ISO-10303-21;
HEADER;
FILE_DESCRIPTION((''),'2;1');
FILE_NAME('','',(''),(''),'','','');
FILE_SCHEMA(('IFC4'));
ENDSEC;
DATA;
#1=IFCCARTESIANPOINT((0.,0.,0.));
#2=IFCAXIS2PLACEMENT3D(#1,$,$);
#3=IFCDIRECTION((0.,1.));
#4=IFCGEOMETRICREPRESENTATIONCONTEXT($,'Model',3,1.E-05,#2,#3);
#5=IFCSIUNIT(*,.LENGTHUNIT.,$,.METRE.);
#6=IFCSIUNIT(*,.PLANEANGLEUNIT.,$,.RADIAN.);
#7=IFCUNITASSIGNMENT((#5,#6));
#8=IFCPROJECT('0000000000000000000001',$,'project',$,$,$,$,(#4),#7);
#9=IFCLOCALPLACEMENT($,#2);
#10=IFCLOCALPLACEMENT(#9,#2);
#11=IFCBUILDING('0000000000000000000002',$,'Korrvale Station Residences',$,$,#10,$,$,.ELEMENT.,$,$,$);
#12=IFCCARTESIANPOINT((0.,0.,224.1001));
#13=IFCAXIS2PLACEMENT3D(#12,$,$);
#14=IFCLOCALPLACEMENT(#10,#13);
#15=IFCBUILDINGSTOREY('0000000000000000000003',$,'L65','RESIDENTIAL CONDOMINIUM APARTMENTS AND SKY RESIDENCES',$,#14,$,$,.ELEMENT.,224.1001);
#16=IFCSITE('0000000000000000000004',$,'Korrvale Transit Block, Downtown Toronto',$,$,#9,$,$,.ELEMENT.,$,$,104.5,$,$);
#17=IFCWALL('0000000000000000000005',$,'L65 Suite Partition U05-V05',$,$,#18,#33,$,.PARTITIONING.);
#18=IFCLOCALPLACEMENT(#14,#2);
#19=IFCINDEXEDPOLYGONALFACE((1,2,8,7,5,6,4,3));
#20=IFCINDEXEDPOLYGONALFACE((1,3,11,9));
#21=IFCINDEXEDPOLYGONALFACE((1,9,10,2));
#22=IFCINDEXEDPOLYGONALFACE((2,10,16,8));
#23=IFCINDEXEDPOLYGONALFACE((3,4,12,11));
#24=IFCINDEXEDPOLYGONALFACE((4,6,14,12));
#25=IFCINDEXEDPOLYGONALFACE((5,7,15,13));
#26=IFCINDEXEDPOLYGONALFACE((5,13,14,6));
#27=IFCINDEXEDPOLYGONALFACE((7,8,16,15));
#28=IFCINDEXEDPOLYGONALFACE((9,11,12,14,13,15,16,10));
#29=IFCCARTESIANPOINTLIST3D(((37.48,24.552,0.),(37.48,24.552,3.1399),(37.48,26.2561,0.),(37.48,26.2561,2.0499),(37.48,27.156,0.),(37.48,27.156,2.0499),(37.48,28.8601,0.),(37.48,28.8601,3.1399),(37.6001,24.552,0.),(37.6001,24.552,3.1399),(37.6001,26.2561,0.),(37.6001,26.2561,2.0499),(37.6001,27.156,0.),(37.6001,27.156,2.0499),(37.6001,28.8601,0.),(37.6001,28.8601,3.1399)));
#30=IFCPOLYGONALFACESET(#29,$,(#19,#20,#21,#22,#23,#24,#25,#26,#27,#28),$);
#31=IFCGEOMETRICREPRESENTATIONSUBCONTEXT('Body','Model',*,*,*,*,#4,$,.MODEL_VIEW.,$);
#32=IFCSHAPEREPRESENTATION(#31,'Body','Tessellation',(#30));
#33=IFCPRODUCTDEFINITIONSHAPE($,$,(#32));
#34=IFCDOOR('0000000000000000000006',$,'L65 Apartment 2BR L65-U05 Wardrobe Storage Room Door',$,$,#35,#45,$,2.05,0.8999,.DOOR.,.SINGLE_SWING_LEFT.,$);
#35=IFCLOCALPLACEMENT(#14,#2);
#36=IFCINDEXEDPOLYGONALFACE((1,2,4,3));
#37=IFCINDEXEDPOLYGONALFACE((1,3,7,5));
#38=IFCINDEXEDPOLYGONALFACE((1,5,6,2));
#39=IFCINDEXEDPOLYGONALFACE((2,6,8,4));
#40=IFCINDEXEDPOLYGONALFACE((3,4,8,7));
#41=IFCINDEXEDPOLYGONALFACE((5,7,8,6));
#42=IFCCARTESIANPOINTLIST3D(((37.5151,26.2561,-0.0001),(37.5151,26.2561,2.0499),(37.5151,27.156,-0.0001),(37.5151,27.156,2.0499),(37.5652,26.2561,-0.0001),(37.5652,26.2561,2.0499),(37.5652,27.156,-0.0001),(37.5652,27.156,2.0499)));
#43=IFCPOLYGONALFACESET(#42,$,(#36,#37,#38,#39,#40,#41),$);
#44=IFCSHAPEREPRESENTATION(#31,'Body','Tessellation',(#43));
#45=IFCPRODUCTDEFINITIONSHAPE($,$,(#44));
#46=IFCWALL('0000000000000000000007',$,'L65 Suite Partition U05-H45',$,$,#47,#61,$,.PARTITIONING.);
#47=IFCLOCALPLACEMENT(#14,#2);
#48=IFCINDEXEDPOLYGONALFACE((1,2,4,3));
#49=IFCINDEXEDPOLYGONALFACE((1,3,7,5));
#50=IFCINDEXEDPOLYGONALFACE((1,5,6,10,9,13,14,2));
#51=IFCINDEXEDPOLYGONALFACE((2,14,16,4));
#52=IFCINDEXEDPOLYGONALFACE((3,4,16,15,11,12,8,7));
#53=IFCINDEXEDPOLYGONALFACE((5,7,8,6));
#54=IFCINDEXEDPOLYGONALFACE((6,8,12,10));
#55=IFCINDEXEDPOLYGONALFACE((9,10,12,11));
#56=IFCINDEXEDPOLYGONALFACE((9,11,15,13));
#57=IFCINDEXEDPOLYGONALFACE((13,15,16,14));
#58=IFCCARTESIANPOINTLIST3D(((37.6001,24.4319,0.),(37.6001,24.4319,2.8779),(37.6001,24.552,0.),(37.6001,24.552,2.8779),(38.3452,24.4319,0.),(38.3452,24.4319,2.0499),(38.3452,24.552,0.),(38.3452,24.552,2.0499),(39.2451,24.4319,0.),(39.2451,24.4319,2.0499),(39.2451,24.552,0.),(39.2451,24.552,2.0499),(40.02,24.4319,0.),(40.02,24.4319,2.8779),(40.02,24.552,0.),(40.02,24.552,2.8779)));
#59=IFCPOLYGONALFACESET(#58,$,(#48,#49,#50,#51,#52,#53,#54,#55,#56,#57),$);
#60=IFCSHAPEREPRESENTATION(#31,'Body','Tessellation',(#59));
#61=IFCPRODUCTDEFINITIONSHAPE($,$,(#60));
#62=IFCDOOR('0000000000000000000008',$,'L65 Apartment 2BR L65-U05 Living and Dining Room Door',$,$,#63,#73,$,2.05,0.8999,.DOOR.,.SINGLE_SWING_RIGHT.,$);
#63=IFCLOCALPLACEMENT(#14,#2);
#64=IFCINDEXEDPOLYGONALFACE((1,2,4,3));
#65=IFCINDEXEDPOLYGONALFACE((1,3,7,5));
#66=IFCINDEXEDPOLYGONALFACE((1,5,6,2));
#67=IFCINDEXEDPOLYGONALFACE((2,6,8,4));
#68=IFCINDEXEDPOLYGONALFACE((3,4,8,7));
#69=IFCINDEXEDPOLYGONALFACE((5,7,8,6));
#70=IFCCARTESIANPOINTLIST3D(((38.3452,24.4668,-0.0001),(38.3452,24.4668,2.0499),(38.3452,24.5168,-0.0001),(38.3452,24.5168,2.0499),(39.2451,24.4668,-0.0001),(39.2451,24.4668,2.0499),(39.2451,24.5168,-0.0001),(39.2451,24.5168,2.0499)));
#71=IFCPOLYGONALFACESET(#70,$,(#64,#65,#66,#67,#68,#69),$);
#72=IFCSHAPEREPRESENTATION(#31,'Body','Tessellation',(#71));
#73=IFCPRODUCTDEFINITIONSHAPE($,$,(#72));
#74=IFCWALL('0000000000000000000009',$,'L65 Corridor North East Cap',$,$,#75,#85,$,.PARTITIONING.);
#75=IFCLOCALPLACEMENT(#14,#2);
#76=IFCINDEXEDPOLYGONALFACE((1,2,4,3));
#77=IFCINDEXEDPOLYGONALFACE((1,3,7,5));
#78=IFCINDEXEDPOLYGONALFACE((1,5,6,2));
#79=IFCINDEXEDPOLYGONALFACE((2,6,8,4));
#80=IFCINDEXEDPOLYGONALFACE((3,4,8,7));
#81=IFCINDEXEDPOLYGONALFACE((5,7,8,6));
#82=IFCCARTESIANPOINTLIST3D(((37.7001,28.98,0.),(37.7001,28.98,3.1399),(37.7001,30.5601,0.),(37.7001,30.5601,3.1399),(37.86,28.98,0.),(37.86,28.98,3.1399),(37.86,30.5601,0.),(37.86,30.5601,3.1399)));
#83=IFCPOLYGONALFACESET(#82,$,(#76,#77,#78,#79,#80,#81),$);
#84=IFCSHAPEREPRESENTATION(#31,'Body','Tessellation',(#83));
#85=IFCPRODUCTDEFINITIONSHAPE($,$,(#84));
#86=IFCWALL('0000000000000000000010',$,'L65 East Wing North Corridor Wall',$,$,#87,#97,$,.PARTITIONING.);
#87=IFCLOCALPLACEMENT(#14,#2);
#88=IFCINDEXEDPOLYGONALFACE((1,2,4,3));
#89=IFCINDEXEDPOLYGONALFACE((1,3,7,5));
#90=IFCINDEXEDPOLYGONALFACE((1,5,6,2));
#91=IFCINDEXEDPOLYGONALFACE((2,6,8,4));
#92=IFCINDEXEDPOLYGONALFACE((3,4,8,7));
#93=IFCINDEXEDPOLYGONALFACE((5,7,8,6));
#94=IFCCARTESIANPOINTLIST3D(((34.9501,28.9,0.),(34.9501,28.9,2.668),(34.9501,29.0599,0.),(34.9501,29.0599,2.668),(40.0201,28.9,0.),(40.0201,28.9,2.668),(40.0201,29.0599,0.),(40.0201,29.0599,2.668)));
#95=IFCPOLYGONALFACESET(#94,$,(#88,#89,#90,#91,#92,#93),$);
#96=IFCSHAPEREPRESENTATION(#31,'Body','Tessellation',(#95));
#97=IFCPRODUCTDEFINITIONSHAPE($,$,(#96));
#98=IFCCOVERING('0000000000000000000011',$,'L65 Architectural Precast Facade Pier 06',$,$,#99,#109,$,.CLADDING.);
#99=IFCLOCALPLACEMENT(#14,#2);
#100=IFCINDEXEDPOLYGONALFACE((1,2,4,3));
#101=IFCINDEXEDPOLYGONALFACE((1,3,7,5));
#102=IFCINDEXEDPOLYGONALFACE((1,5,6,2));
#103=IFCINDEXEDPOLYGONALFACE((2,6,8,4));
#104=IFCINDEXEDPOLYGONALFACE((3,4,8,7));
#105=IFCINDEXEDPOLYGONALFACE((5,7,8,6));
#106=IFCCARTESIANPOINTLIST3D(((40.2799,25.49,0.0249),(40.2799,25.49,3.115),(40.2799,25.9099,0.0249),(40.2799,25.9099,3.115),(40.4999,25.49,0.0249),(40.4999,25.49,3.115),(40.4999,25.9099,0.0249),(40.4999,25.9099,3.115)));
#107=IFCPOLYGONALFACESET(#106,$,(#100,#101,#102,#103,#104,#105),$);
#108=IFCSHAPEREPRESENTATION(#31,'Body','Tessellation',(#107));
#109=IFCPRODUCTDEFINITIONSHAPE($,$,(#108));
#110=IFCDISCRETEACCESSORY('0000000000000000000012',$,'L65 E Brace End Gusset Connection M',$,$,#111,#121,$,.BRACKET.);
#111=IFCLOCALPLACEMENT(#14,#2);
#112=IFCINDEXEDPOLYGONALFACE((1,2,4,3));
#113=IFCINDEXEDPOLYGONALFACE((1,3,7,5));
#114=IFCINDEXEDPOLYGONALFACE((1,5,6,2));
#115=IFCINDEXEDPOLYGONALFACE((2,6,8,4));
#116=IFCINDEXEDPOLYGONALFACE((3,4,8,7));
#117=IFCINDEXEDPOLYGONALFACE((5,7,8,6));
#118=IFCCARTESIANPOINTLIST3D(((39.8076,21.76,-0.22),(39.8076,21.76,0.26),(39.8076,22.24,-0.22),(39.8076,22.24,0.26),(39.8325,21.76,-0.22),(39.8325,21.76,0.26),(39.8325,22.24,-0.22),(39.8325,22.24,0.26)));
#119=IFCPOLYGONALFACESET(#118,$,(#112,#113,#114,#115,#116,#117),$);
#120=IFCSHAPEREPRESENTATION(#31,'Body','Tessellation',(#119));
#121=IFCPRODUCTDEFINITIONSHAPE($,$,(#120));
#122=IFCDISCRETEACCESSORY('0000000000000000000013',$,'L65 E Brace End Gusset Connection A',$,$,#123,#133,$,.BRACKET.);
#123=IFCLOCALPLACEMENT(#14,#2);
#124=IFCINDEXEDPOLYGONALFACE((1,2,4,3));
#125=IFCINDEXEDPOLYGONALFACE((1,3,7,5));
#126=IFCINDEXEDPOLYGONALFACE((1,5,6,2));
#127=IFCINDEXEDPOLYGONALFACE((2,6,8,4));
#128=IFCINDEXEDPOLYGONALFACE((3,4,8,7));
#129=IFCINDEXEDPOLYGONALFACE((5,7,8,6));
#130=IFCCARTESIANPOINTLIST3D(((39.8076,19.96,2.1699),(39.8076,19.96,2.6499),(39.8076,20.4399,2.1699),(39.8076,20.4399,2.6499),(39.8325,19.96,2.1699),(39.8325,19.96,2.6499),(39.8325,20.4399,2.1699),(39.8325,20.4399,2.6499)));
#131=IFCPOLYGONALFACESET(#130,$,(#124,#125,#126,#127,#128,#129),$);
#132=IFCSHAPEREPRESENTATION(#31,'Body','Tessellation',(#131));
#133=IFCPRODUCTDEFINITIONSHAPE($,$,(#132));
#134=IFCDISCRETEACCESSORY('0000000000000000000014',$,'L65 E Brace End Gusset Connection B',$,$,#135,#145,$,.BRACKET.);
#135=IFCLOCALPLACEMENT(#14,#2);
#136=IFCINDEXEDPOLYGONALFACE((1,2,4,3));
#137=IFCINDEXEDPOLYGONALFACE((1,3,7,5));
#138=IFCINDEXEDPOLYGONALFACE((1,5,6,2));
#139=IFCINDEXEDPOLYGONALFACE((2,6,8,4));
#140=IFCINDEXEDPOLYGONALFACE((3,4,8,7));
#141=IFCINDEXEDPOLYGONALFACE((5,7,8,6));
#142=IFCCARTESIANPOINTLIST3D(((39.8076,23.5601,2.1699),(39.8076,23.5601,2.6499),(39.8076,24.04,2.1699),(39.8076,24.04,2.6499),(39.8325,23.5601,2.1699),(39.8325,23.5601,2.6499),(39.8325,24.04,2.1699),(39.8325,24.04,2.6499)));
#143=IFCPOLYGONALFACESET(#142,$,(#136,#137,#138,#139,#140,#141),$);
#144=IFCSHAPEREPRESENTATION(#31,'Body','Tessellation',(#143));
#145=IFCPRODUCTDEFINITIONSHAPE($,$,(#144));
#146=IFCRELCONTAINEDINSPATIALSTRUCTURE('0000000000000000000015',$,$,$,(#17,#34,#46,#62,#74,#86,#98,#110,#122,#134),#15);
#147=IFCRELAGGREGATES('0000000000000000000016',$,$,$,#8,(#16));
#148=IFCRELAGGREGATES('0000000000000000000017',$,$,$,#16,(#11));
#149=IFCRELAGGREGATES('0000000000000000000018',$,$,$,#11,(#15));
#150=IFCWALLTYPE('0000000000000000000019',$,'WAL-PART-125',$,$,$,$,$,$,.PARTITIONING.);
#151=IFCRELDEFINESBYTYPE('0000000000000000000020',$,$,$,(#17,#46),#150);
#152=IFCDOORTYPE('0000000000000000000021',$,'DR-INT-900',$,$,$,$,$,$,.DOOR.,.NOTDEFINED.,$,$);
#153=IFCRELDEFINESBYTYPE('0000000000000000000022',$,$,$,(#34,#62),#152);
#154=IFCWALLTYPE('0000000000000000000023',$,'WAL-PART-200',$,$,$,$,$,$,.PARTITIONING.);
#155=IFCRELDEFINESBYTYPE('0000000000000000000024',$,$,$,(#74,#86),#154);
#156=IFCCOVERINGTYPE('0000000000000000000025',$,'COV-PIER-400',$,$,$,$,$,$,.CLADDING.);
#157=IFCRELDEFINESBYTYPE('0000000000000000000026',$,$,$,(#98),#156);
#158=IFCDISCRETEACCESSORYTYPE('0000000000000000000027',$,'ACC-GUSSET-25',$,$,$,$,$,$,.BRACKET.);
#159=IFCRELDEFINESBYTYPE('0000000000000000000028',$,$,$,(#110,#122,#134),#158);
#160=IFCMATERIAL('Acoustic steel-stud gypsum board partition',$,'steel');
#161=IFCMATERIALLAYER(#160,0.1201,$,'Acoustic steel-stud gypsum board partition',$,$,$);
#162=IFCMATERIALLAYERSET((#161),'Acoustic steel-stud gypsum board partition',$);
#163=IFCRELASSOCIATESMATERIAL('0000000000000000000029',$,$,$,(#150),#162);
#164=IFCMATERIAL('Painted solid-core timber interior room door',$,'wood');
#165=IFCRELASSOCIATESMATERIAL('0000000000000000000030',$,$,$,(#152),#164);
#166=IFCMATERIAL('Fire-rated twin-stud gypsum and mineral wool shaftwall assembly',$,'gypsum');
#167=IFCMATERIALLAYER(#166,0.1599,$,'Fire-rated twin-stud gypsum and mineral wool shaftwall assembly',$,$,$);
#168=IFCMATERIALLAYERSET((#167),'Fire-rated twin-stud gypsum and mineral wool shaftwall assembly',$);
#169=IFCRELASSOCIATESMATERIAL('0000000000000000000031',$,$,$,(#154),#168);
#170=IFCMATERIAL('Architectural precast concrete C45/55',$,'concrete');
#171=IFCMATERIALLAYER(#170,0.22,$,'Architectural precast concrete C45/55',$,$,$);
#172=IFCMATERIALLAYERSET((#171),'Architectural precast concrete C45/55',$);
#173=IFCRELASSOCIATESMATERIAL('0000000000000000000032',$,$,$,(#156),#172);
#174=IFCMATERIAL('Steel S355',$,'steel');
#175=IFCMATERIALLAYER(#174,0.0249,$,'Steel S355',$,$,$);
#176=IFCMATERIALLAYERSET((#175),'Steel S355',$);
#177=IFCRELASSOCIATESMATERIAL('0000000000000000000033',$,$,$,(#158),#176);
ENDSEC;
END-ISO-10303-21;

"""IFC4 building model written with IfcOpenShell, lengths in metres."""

from ifc_helpers import new_model, si_unit, direction, frame, frame_2d, origin, origin_2d, place, context, subcontext, project, spatial, rectangle, extrude, material, layer, layer_set, type_object, element, fill, save


model = new_model("IFC4")

# Units and contexts
model_context = context("Model", 3, precision=1e-05, world=origin(), true_north=direction((0.0, 1.0)))
body_context = subcontext(model_context, "Body", "Model", "MODEL_VIEW")
ifc_project = project(units=[si_unit("LENGTHUNIT", "METRE"), si_unit("PLANEANGLEUNIT", "RADIAN")], contexts=[model_context])

# Site, building, storey
site_placement = place(None, origin())
site = spatial("IfcSite", under=ifc_project, at=site_placement, Name="Korrvale Transit Block, Downtown Toronto", CompositionType="ELEMENT", RefElevation=104.5)
building_placement = place(site_placement, origin())
building = spatial("IfcBuilding", under=site, at=building_placement, Name="Korrvale Station Residences", CompositionType="ELEMENT")
storey_placement = place(building_placement, frame((0.0, 0.0, 224.1001)))
storey = spatial("IfcBuildingStorey", under=building, at=storey_placement, Name="L65", Description="RESIDENTIAL CONDOMINIUM APARTMENTS AND SKY RESIDENCES", CompositionType="ELEMENT", Elevation=224.1001)

# Shared definitions
ifc_material_1 = material(Name="Steel S355", Category="steel")

# Walls, openings, doors
ifc_material_2 = material(Name="Acoustic steel-stud gypsum board partition", Category="steel")
ifc_layer_1 = layer(ifc_material_2, 0.1201, Name="Acoustic steel-stud gypsum board partition")
ifc_layer_set_1 = layer_set([ifc_layer_1], Name="Acoustic steel-stud gypsum board partition")
wall_type_1 = type_object("IfcWallType", Name="WAL-PART-125", PredefinedType="PARTITIONING", material=ifc_layer_set_1)
ifc_material_3 = material(Name="Painted solid-core timber interior room door", Category="wood")
door_type = type_object("IfcDoorType", Name="DR-INT-900", OperationType="NOTDEFINED", PredefinedType="DOOR", material=ifc_material_3)
wall_1_placement = place(storey_placement, frame((37.54, 24.552, 0.0), z_axis=(0.0, 0.0, 1.0), x_axis=(0.0, 1.0, 0.0)))
wall_1 = element("IfcWall", 1, at=wall_1_placement, inside=storey, type_object=wall_type_1, Name="L65 Suite Partition U05-V05", PredefinedType="PARTITIONING", context=body_context, shape_type="SweptSolid", body=[
    extrude(rectangle(XDim=4.3081, YDim=0.1201, at=frame_2d((2.1541, 0.0))), origin(), (0.0, 0.0, 1.0), 3.1399),
])
opening_1_placement = place(wall_1_placement, frame((1.7041, 0.0, 0.0)))
opening_1 = element("IfcOpeningElement", 2, at=opening_1_placement, cuts=wall_1, PredefinedType="OPENING", context=body_context, shape_type="SweptSolid", body=[
    extrude(rectangle(XDim=0.8999, YDim=2.05, at=frame_2d((0.45, 1.0249))), frame((0.0, 0.0701, 0.0), z_axis=(0.0, -1.0, 0.0), x_axis=(1.0, 0.0, 0.0)), (0.0, 0.0, 1.0), 0.1401),
])
door_1_placement = place(opening_1_placement, origin())
door_1 = element("IfcDoor", 3, at=door_1_placement, inside=storey, type_object=door_type, Name="L65 Apartment 2BR L65-U05 Wardrobe Storage Room Door", OperationType="SINGLE_SWING_LEFT", OverallHeight=2.05, OverallWidth=0.8999, PredefinedType="DOOR", context=body_context, shape_type="SweptSolid", body=[
    extrude(rectangle(XDim=0.8999, YDim=2.05, at=frame_2d((0.45, 1.0249))), frame((0.0, 0.0249, 0.0), z_axis=(0.0, -1.0, 0.0), x_axis=(1.0, 0.0, 0.0)), (0.0, 0.0, 1.0), 0.05),
])
fill(opening_1, door_1)
wall_2_placement = place(storey_placement, frame((37.6001, 24.4919, 0.0), z_axis=(0.0, 0.0, 1.0), x_axis=(1.0, 0.0, 0.0)))
wall_2 = element("IfcWall", 4, at=wall_2_placement, inside=storey, type_object=wall_type_1, Name="L65 Suite Partition U05-H45", PredefinedType="PARTITIONING", context=body_context, shape_type="SweptSolid", body=[
    extrude(rectangle(XDim=2.4199, YDim=0.1201, at=frame_2d((1.21, 0.0))), origin(), (0.0, 0.0, 1.0), 2.8779),
])
opening_2_placement = place(wall_2_placement, frame((0.7451, 0.0, 0.0)))
opening_2 = element("IfcOpeningElement", 5, at=opening_2_placement, cuts=wall_2, PredefinedType="OPENING", context=body_context, shape_type="SweptSolid", body=[
    extrude(rectangle(XDim=0.8999, YDim=2.05, at=frame_2d((0.45, 1.0249))), frame((0.0, 0.0701, 0.0), z_axis=(0.0, -1.0, 0.0), x_axis=(1.0, 0.0, 0.0)), (0.0, 0.0, 1.0), 0.1401),
])
door_2_placement = place(opening_2_placement, origin())
door_2 = element("IfcDoor", 6, at=door_2_placement, inside=storey, type_object=door_type, Name="L65 Apartment 2BR L65-U05 Living and Dining Room Door", OperationType="SINGLE_SWING_RIGHT", OverallHeight=2.05, OverallWidth=0.8999, PredefinedType="DOOR", context=body_context, shape_type="SweptSolid", body=[
    extrude(rectangle(XDim=0.8999, YDim=2.05, at=frame_2d((0.45, 1.0249))), frame((0.0, 0.0249, 0.0), z_axis=(0.0, -1.0, 0.0), x_axis=(1.0, 0.0, 0.0)), (0.0, 0.0, 1.0), 0.05),
])
fill(opening_2, door_2)

# Walls
ifc_material_4 = material(Name="Fire-rated twin-stud gypsum and mineral wool shaftwall assembly", Category="gypsum")
ifc_layer_2 = layer(ifc_material_4, 0.1599, Name="Fire-rated twin-stud gypsum and mineral wool shaftwall assembly")
ifc_layer_set_2 = layer_set([ifc_layer_2], Name="Fire-rated twin-stud gypsum and mineral wool shaftwall assembly")
wall_type_2 = type_object("IfcWallType", Name="WAL-PART-200", PredefinedType="PARTITIONING", material=ifc_layer_set_2)
wall_3_placement = place(storey_placement, frame((37.78, 28.98, 0.0), z_axis=(0.0, 0.0, 1.0), x_axis=(0.0, 1.0, 0.0)))
element("IfcWall", 7, at=wall_3_placement, inside=storey, type_object=wall_type_2, Name="L65 Corridor North East Cap", PredefinedType="PARTITIONING", context=body_context, shape_type="SweptSolid", body=[
    extrude(rectangle(XDim=1.5801, YDim=0.1599, at=frame_2d((0.79, 0.0))), origin(), (0.0, 0.0, 1.0), 3.1399),
])
wall_4_placement = place(storey_placement, frame((34.95, 28.98, 0.0), z_axis=(0.0, 0.0, 1.0), x_axis=(1.0, 0.0, 0.0)))
element("IfcWall", 8, at=wall_4_placement, inside=storey, type_object=wall_type_2, Name="L65 East Wing North Corridor Wall", PredefinedType="PARTITIONING", context=body_context, shape_type="SweptSolid", body=[
    extrude(rectangle(XDim=5.0701, YDim=0.1599, at=frame_2d((2.5352, 0.0))), origin(), (0.0, 0.0, 1.0), 2.668),
])

# Covering
ifc_material_5 = material(Name="Architectural precast concrete C45/55", Category="concrete")
ifc_layer_3 = layer(ifc_material_5, 0.22, Name="Architectural precast concrete C45/55")
ifc_layer_set_3 = layer_set([ifc_layer_3], Name="Architectural precast concrete C45/55")
covering_type = type_object("IfcCoveringType", Name="COV-PIER-400", PredefinedType="CLADDING", material=ifc_layer_set_3)
covering_placement = place(storey_placement, frame((40.3899, 25.7, 0.0249), z_axis=(0.0, 0.0, 1.0), x_axis=(0.0, 1.0, 0.0)))
element("IfcCovering", 9, at=covering_placement, inside=storey, type_object=covering_type, Name="L65 Architectural Precast Facade Pier 06", PredefinedType="CLADDING", context=body_context, shape_type="SweptSolid", body=[
    extrude(rectangle(XDim=0.4199, YDim=0.22, at=origin_2d()), origin(), (0.0, 0.0, 1.0), 3.0901),
])

# Discrete accessories
ifc_layer_4 = layer(ifc_material_1, 0.0249, Name="Steel S355")
ifc_layer_set_4 = layer_set([ifc_layer_4], Name="Steel S355")
discrete_accessory_type = type_object("IfcDiscreteAccessoryType", Name="ACC-GUSSET-25", PredefinedType="BRACKET", material=ifc_layer_set_4)
for number, where, z_axis, x_axis, name in (
    (10, (39.8201, 22.0, -0.22), (0.0, 0.0, 1.0), (0.0, 1.0, 0.0), "L65 E Brace End Gusset Connection M"),
    (11, (39.8201, 20.2, 2.1699), (0.0, 0.0, 1.0), (0.0, 1.0, 0.0), "L65 E Brace End Gusset Connection A"),
    (12, (39.8201, 23.8, 2.1699), (0.0, 0.0, 1.0), (0.0, 1.0, 0.0), "L65 E Brace End Gusset Connection B"),
):
    element("IfcDiscreteAccessory", number, at=place(storey_placement, frame(where, z_axis=z_axis, x_axis=x_axis)), inside=storey, type_object=discrete_accessory_type, Name=name, PredefinedType="BRACKET", context=body_context, shape_type="SweptSolid", body=[
        extrude(rectangle(XDim=0.48, YDim=0.0249, at=origin_2d()), origin(), (0.0, 0.0, 1.0), 0.48),
    ])

save(model, "model.ifc")
